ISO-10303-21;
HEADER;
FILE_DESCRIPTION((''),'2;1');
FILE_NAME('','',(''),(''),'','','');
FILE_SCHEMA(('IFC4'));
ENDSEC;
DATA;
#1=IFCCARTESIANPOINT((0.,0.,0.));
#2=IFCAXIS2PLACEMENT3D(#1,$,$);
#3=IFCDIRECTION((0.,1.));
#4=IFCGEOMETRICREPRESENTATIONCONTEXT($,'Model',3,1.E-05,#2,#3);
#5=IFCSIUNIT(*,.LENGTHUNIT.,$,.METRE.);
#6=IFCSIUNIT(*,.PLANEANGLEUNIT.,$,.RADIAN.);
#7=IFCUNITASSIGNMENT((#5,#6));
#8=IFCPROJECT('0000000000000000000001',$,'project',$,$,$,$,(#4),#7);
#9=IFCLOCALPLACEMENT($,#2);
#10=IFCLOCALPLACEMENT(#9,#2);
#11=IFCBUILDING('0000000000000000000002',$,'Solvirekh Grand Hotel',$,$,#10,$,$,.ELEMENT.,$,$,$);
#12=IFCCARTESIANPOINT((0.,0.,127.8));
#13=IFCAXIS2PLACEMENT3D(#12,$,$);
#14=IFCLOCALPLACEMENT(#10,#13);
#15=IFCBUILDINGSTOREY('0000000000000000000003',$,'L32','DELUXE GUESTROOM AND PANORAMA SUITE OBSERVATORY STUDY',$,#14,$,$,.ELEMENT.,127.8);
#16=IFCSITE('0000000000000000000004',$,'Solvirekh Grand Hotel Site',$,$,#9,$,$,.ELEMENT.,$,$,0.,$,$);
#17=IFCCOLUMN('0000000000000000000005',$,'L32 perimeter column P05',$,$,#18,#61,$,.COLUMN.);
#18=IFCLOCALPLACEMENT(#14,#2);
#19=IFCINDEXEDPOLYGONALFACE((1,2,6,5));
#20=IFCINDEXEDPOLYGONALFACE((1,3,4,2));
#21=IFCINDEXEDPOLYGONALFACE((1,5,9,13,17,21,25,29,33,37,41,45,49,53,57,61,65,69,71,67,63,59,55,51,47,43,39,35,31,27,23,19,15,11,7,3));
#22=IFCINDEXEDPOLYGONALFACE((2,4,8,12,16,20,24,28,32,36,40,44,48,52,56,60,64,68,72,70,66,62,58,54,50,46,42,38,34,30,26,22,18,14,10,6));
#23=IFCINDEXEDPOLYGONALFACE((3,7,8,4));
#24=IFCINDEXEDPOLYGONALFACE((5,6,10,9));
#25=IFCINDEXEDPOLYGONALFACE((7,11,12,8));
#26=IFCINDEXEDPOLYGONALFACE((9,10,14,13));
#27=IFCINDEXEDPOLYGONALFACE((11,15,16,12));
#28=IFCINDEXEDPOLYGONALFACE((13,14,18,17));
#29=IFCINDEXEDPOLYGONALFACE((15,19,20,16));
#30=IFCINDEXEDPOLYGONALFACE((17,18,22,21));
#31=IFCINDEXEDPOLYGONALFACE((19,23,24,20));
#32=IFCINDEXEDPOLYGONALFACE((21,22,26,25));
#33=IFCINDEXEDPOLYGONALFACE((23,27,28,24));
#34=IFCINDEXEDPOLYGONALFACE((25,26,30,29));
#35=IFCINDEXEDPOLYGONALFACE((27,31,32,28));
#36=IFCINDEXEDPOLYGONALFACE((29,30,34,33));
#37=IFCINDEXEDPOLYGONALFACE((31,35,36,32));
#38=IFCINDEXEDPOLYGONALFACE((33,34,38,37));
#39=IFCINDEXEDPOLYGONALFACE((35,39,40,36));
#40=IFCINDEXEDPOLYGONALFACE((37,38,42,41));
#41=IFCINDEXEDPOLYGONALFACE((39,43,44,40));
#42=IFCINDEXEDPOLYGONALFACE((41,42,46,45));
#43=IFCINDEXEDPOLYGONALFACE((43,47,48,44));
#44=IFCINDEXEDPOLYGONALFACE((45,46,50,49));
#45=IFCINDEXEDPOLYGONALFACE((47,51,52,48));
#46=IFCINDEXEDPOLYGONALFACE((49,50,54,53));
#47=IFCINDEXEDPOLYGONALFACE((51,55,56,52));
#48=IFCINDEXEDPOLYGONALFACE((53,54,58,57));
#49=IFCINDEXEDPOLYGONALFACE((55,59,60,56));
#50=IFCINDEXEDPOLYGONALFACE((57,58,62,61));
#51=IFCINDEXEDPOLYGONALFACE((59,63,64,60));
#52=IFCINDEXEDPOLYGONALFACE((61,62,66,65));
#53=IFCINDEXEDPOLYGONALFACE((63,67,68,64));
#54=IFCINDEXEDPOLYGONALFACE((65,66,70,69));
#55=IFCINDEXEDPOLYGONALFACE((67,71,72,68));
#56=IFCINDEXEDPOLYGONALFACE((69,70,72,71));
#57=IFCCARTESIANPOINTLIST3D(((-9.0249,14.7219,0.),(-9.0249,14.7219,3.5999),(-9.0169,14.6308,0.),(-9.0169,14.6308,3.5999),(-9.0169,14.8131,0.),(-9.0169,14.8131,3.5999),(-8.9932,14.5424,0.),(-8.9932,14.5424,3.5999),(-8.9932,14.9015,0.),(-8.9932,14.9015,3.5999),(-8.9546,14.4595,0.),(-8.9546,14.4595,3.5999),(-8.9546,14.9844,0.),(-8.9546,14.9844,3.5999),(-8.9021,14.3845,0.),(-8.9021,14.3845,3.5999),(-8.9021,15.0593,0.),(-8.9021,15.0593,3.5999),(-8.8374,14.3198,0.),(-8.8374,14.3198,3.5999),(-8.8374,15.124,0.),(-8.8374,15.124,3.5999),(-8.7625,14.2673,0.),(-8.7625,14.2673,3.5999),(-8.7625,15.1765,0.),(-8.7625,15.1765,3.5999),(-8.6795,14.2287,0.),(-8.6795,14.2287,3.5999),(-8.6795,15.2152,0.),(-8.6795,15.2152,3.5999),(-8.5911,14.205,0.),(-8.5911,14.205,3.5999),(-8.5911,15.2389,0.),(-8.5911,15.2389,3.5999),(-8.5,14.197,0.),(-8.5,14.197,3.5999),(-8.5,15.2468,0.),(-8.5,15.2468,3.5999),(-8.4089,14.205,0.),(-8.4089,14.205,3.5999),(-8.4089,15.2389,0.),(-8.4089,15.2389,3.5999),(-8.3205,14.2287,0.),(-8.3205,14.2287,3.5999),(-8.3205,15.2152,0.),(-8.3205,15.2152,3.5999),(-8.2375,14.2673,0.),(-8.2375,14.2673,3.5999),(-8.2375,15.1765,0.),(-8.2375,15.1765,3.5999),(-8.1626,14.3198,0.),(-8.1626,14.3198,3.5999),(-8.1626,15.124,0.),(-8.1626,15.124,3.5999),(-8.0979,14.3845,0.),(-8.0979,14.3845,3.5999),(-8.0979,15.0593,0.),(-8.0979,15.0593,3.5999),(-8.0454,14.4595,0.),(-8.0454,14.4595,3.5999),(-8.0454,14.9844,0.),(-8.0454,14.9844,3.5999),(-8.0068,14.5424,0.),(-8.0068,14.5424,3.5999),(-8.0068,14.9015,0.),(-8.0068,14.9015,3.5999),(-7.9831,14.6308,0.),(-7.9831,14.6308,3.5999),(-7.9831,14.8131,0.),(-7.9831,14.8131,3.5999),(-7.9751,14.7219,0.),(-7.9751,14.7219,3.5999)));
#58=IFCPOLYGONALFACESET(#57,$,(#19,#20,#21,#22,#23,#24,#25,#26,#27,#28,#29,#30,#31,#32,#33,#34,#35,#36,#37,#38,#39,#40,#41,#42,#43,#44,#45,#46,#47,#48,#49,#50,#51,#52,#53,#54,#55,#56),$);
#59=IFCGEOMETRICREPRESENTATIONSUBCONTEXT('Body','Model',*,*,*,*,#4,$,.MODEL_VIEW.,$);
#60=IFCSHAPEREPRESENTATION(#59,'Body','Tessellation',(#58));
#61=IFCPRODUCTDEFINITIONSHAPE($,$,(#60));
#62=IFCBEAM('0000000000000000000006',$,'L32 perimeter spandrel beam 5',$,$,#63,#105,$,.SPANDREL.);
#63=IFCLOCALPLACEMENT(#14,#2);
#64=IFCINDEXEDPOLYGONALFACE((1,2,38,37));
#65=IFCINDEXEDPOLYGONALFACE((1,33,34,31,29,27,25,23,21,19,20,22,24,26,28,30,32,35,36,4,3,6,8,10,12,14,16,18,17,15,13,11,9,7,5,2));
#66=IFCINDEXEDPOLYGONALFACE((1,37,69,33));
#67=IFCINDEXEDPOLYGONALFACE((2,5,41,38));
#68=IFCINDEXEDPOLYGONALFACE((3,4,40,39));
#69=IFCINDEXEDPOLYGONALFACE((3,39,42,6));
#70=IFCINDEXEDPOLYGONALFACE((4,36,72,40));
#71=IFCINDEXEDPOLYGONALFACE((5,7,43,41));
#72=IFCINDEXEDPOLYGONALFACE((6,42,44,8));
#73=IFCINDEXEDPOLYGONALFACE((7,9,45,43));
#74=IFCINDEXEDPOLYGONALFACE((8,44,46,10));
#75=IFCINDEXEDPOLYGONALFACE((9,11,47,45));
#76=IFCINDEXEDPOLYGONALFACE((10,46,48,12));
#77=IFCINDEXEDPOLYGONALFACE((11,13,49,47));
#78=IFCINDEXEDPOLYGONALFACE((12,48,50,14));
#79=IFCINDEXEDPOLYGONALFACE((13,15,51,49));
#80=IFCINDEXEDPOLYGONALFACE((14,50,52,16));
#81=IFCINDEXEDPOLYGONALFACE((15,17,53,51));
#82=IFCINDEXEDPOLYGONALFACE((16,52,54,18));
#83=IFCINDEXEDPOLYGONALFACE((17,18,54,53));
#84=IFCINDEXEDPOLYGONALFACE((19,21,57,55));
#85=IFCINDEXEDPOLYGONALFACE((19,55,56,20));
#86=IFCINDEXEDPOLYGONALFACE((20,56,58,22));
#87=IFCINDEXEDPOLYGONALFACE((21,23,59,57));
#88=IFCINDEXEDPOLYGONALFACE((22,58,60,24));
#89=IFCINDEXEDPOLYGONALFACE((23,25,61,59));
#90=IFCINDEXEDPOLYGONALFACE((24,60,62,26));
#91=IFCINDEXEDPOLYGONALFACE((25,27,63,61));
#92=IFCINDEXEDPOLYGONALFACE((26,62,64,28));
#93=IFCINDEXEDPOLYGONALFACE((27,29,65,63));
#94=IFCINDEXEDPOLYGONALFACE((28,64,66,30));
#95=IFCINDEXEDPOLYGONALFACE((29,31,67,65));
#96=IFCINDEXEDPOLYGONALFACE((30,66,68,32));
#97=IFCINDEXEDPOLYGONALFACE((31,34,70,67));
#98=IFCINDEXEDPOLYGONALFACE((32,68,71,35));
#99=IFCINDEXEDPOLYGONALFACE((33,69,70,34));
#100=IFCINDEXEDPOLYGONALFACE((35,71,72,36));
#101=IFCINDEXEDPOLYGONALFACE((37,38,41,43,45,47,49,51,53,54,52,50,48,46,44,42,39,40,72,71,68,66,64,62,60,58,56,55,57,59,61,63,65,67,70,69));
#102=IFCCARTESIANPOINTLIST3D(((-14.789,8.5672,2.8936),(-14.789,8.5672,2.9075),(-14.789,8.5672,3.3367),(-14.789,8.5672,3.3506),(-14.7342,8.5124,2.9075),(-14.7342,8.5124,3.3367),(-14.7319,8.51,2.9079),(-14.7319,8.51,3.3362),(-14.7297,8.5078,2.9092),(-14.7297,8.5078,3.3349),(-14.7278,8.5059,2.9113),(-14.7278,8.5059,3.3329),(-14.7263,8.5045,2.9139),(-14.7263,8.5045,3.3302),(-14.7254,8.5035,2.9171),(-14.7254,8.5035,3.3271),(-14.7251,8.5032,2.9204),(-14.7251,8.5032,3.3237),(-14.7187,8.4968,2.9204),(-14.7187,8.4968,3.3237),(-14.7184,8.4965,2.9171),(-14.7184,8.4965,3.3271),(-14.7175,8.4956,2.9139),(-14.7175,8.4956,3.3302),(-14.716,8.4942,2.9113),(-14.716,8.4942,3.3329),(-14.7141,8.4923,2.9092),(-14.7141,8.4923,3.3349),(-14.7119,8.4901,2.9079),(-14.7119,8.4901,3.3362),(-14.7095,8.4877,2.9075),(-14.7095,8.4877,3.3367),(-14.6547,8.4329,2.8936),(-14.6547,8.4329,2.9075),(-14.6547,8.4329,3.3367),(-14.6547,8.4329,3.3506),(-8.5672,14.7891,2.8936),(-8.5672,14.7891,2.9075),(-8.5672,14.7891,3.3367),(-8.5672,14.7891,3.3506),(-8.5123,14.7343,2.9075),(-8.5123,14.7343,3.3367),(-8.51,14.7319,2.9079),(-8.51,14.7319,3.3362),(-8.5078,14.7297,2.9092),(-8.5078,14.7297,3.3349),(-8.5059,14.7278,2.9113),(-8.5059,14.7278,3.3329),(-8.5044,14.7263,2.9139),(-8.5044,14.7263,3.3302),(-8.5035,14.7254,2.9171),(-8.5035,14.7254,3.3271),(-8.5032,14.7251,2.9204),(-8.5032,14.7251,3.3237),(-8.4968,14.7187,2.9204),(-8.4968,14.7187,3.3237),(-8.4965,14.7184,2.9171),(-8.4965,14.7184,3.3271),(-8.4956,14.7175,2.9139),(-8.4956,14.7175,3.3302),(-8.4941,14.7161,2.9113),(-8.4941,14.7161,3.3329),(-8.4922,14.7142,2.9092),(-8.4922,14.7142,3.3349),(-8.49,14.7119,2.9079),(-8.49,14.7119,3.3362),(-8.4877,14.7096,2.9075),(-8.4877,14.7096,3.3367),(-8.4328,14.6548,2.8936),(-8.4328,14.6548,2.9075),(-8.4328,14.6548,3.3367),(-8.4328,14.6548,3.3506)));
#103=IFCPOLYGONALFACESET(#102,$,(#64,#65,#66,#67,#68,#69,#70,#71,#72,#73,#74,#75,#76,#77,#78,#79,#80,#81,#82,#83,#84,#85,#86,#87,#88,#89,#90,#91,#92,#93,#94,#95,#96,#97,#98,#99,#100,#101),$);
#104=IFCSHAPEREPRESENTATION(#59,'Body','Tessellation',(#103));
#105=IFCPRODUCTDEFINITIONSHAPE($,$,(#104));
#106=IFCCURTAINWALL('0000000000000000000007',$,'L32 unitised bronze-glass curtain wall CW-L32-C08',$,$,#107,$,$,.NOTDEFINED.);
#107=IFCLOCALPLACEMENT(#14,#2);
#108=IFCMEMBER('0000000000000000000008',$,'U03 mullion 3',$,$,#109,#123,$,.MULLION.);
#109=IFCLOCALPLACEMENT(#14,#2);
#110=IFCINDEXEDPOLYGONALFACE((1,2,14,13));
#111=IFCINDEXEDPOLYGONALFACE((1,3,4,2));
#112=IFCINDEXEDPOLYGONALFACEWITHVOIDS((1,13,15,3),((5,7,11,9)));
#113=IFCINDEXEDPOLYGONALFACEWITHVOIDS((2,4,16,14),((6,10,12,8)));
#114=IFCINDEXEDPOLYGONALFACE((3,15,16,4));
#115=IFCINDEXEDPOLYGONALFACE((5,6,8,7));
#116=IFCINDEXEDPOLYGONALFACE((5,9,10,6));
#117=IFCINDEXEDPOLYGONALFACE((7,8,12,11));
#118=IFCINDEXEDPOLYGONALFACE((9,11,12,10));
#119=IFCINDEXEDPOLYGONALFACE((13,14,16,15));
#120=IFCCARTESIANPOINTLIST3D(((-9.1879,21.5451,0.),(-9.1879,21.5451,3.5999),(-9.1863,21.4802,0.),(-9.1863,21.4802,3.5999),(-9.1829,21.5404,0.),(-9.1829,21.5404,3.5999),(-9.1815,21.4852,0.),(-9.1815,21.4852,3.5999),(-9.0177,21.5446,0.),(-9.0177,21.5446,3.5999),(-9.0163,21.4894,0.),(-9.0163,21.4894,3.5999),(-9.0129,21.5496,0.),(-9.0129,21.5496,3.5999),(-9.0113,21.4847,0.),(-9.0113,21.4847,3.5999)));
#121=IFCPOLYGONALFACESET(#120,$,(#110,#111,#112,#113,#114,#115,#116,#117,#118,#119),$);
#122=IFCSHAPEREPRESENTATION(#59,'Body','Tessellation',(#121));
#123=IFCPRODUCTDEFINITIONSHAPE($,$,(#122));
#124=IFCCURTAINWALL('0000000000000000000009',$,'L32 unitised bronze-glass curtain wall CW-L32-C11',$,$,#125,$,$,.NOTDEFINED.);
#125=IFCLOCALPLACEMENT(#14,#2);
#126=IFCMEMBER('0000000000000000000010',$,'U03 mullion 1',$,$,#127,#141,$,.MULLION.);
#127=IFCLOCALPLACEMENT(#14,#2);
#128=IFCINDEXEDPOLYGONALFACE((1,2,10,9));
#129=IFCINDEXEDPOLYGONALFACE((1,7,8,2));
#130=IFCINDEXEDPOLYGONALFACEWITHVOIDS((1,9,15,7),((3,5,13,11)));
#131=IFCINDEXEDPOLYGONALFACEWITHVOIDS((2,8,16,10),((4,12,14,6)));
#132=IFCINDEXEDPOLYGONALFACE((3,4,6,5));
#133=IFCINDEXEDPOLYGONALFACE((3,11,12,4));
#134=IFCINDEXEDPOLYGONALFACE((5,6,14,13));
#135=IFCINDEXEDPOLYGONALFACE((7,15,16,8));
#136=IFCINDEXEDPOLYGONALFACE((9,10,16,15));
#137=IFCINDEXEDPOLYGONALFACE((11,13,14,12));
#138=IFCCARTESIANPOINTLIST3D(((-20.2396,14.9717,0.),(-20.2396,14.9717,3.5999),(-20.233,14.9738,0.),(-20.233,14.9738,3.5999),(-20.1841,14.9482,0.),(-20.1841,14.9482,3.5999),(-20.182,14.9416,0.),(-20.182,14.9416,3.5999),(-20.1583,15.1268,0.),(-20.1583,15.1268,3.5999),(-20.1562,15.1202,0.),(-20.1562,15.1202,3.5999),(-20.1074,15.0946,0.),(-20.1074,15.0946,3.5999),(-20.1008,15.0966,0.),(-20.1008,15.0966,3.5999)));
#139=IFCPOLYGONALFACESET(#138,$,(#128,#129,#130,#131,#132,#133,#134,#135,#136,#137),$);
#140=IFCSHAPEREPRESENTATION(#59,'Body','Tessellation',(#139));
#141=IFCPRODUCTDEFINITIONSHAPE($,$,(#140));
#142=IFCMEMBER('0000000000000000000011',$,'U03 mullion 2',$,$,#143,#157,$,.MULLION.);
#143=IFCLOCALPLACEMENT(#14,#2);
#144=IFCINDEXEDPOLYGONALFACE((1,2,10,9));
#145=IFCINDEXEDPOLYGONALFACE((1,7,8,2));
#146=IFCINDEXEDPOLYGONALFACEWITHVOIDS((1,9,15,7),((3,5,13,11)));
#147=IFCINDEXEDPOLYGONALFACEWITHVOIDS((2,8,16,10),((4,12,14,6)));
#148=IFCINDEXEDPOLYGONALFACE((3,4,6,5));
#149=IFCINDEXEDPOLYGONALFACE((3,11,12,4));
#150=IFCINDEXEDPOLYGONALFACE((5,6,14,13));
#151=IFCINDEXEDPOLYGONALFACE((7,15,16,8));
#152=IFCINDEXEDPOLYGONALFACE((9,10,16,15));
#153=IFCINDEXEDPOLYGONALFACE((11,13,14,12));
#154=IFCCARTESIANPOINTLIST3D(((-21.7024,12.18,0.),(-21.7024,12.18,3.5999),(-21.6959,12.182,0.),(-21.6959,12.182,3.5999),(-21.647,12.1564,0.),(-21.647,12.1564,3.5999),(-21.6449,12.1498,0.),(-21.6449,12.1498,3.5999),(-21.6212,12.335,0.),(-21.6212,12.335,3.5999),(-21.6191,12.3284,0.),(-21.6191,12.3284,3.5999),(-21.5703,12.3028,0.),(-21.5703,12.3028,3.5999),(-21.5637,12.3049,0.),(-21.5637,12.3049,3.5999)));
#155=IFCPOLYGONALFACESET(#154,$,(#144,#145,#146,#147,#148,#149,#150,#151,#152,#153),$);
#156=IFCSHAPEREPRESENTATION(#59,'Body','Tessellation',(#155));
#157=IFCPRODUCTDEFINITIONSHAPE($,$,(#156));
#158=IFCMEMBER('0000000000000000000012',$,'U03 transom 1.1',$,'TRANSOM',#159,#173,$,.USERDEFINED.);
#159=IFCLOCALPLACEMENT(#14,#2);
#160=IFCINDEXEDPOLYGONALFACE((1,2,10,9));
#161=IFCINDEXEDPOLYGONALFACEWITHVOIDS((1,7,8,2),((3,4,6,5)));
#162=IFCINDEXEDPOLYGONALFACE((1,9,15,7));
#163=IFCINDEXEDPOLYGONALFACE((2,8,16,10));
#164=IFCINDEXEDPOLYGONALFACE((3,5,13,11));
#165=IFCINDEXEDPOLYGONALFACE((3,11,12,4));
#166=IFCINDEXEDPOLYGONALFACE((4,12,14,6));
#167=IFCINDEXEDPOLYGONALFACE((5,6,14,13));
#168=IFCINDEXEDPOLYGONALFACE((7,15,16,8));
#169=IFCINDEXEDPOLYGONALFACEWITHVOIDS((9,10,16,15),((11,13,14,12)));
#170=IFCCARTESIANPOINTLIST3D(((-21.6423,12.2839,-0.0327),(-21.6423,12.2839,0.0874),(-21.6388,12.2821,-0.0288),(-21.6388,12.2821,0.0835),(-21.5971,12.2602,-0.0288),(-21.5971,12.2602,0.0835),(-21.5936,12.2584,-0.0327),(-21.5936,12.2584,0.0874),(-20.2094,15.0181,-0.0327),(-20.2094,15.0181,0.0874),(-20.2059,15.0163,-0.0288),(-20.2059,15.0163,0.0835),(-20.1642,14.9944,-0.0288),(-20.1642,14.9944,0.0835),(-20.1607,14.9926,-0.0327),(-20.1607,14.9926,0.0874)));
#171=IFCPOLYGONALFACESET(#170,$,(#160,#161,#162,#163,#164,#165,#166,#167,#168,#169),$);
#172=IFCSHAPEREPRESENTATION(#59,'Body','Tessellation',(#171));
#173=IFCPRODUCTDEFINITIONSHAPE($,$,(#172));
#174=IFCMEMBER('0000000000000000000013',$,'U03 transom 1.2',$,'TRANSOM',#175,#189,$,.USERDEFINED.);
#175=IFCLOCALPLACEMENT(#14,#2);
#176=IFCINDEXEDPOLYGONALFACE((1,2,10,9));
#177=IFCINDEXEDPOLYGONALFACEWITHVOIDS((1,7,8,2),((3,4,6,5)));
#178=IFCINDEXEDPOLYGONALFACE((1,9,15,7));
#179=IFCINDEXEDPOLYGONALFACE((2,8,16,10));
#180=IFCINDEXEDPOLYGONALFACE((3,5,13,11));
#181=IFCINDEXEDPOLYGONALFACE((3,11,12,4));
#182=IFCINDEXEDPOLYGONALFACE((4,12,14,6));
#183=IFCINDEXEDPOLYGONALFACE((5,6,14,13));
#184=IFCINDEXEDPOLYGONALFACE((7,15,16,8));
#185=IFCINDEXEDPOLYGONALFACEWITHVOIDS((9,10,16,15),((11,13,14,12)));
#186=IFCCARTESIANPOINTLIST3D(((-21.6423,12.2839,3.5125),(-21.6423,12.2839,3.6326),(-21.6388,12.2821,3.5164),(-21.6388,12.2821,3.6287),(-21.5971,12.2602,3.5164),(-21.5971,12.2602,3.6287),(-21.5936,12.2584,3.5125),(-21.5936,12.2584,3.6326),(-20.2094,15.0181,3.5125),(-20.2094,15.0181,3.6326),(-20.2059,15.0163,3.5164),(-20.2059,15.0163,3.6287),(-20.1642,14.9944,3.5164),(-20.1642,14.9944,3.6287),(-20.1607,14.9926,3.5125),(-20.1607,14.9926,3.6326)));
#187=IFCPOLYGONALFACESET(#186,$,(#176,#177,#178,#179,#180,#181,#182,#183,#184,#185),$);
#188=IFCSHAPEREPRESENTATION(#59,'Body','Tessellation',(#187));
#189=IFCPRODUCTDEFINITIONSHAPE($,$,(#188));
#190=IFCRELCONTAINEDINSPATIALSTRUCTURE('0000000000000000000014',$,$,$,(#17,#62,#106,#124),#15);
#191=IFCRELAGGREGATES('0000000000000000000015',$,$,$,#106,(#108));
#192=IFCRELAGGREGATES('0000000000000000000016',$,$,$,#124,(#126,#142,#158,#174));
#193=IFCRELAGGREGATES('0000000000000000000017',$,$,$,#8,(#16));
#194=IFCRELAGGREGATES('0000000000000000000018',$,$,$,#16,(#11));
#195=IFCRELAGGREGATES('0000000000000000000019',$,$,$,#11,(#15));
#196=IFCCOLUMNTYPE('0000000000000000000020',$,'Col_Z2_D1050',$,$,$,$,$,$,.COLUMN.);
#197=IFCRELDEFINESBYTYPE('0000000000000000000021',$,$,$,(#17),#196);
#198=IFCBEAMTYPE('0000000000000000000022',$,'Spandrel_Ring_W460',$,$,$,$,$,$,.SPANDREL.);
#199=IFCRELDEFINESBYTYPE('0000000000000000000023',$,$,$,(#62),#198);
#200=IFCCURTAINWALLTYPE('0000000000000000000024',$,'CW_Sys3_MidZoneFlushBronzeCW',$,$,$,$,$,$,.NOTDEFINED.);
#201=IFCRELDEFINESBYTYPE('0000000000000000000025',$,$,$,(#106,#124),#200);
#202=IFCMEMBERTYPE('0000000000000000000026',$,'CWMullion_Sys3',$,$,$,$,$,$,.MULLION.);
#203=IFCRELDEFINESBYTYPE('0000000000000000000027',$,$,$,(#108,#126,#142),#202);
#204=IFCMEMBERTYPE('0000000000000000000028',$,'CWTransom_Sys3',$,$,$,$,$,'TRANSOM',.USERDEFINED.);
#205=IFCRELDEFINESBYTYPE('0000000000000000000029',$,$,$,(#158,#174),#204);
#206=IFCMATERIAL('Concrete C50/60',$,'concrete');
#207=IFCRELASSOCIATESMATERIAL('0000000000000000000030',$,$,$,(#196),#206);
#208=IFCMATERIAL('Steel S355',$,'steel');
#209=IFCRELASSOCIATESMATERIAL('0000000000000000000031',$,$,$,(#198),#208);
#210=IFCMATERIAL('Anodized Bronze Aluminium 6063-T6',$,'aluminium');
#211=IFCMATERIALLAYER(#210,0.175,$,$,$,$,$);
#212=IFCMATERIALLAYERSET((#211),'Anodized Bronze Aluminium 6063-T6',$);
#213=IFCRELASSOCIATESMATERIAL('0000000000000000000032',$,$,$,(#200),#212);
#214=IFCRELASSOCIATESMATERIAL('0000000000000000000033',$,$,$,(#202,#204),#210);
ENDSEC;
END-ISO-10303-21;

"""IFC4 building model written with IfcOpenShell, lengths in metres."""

from ifc_helpers import new_model, si_unit, direction, frame, origin, origin_2d, place, context, subcontext, project, spatial, hollow_rectangle, circle, i_section, extrude, source, transform, mapped, material, layer, layer_set, material_profile, profile_set, type_object, element, aggregate, save


model = new_model("IFC4")

# Units and contexts
model_context = context("Model", 3, precision=1e-05, world=origin(), true_north=direction((0.0, 1.0)))
body_context = subcontext(model_context, "Body", "Model", "MODEL_VIEW")
ifc_project = project(units=[si_unit("LENGTHUNIT", "METRE"), si_unit("PLANEANGLEUNIT", "RADIAN")], contexts=[model_context])

# Site, building, storey
site_placement = place(None, origin())
site = spatial("IfcSite", under=ifc_project, at=site_placement, Name="Solvirekh Grand Hotel Site", CompositionType="ELEMENT", RefElevation=0.0)
building_placement = place(site_placement, origin())
building = spatial("IfcBuilding", under=site, at=building_placement, Name="Solvirekh Grand Hotel", CompositionType="ELEMENT")
storey_placement = place(building_placement, frame((0.0, 0.0, 127.8)))
storey = spatial("IfcBuildingStorey", under=building, at=storey_placement, Name="L32", Description="DELUXE GUESTROOM AND PANORAMA SUITE OBSERVATORY STUDY", CompositionType="ELEMENT", Elevation=127.8)

# Column
ifc_material_1 = material(Name="Concrete C50/60", Category="concrete")
ifc_material_profile_1 = material_profile(ifc_material_1, circle(Radius=0.5249, at=origin_2d()), Name="RC CIRC D1050")
ifc_profile_set_1 = profile_set([ifc_material_profile_1], Name="Concrete C50/60")
column_type = type_object("IfcColumnType", Name="Col_Z2_D1050", PredefinedType="COLUMN", material=ifc_profile_set_1)
column_placement = place(storey_placement, frame((-8.5, 14.7219, 0.0), z_axis=(0.0, 0.0, 1.0), x_axis=(1.0, 0.0, 0.0)))
element("IfcColumn", 1, at=column_placement, inside=storey, type_object=column_type, Name="L32 perimeter column P05", PredefinedType="COLUMN", context=body_context, shape_type="SweptSolid", body=[
    extrude(circle(Radius=0.5249, at=origin_2d()), origin(), (0.0, 0.0, 1.0), 3.5999),
])

# Beam
ifc_material_2 = material(Name="Steel S355", Category="steel")
ifc_material_profile_2 = material_profile(ifc_material_2, i_section(OverallWidth=0.1899, OverallDepth=0.457, WebThickness=0.009, FlangeThickness=0.0139, FilletRadius=0.0129, at=origin_2d()), Name="W460X74")
ifc_profile_set_2 = profile_set([ifc_material_profile_2], Name="Steel S355")
beam_type = type_object("IfcBeamType", Name="Spandrel_Ring_W460", PredefinedType="SPANDREL", material=ifc_profile_set_2)
beam_placement = place(storey_placement, frame((-8.5, 14.7219, 3.1221), z_axis=(-0.707107, -0.707107, 0.0), x_axis=(0.707107, -0.707107, 0.0)))
element("IfcBeam", 2, at=beam_placement, inside=storey, type_object=beam_type, Name="L32 perimeter spandrel beam 5", PredefinedType="SPANDREL", context=body_context, shape_type="SweptSolid", body=[
    extrude(i_section(OverallWidth=0.1899, OverallDepth=0.457, WebThickness=0.009, FlangeThickness=0.0139, FilletRadius=0.0129, at=origin_2d()), origin(), (0.0, 0.0, 1.0), 8.7991),
])

# Curtain wall, member
ifc_material_3 = material(Name="Anodized Bronze Aluminium 6063-T6", Category="aluminium")
ifc_layer_1 = layer(ifc_material_3, 0.175)
ifc_layer_set_1 = layer_set([ifc_layer_1], Name="Anodized Bronze Aluminium 6063-T6")
curtain_wall_type = type_object("IfcCurtainWallType", Name="CW_Sys3_MidZoneFlushBronzeCW", PredefinedType="NOTDEFINED", material=ifc_layer_set_1)
curtain_wall_1_placement = place(storey_placement, origin())
curtain_wall_1 = element("IfcCurtainWall", 3, at=curtain_wall_1_placement, inside=storey, type_object=curtain_wall_type, Name="L32 unitised bronze-glass curtain wall CW-L32-C08", PredefinedType="NOTDEFINED")
ifc_material_profile_3 = material_profile(ifc_material_3, hollow_rectangle(XDim=0.0649, YDim=0.175, WallThickness=0.0049, at=origin_2d()), Name="ALU RHS 175X65X5")
ifc_profile_set_3 = profile_set([ifc_material_profile_3], Name="Anodized Bronze Aluminium 6063-T6")
member_type_1 = type_object("IfcMemberType", Name="CWMullion_Sys3", PredefinedType="MULLION", material=ifc_profile_set_3)
shared_shape_1 = source(origin(), body_context, "Body", "SweptSolid", [
    extrude(hollow_rectangle(XDim=0.0649, YDim=0.175, WallThickness=0.0049, at=origin_2d()), origin(), (0.0, 0.0, 1.0), 3.5999),
])
member_1_placement = place(storey_placement, frame((-9.0996, 21.5149, 0.0), z_axis=(0.0, 0.0, 1.0), x_axis=(0.025611, -0.999672, 0.0)))
member_1 = element("IfcMember", 4, at=member_1_placement, type_object=member_type_1, Name="U03 mullion 3", PredefinedType="MULLION", context=body_context, shape_type="MappedRepresentation", body=[
    mapped(shared_shape_1, transform((0.0, 0.0, 0.0), x_axis=(1.0, 0.0, 0.0), y_axis=(0.0, 1.0, 0.0), z_axis=(0.0, 0.0, 1.0), scale=1.0)),
])

# Curtain wall, members
curtain_wall_2_placement = place(storey_placement, origin())
curtain_wall_2 = element("IfcCurtainWall", 5, at=curtain_wall_2_placement, inside=storey, type_object=curtain_wall_type, Name="L32 unitised bronze-glass curtain wall CW-L32-C11", PredefinedType="NOTDEFINED")
member_2_placement = place(storey_placement, frame((-20.1702, 15.0342, 0.0), z_axis=(0.0, 0.0, 1.0), x_axis=(0.885755, -0.464154, 0.0)))
member_2 = element("IfcMember", 6, at=member_2_placement, type_object=member_type_1, Name="U03 mullion 1", PredefinedType="MULLION", context=body_context, shape_type="MappedRepresentation", body=[
    mapped(shared_shape_1, transform((0.0, 0.0, 0.0), x_axis=(1.0, 0.0, 0.0), y_axis=(0.0, 1.0, 0.0), z_axis=(0.0, 0.0, 1.0), scale=1.0)),
])
member_3_placement = place(storey_placement, frame((-21.6331, 12.2424, 0.0), z_axis=(0.0, 0.0, 1.0), x_axis=(0.885755, -0.464154, 0.0)))
member_3 = element("IfcMember", 7, at=member_3_placement, type_object=member_type_1, Name="U03 mullion 2", PredefinedType="MULLION", context=body_context, shape_type="MappedRepresentation", body=[
    mapped(shared_shape_1, transform((0.0, 0.0, 0.0), x_axis=(1.0, 0.0, 0.0), y_axis=(0.0, 1.0, 0.0), z_axis=(0.0, 0.0, 1.0), scale=1.0)),
])
ifc_material_profile_4 = material_profile(ifc_material_3, hollow_rectangle(XDim=0.0549, YDim=0.1201, WallThickness=0.0039, at=origin_2d()), Name="ALU RHS 120X55X4")
ifc_profile_set_4 = profile_set([ifc_material_profile_4], Name="Anodized Bronze Aluminium 6063-T6")
member_type_2 = type_object("IfcMemberType", Name="CWTransom_Sys3", ElementType="TRANSOM", PredefinedType="USERDEFINED", material=ifc_profile_set_4)
shared_shape_2 = source(origin(), body_context, "Body", "SweptSolid", [
    extrude(hollow_rectangle(XDim=0.0549, YDim=0.1201, WallThickness=0.0039, at=origin_2d()), origin(), (0.0, 0.0, 1.0), 3.0869),
])
member_4_placement = place(storey_placement, frame((-20.1851, 15.0054, 0.0273), z_axis=(-0.464184, -0.885739, 0.0), x_axis=(0.885739, -0.464184, 0.0)))
member_4 = element("IfcMember", 8, at=member_4_placement, type_object=member_type_2, Name="U03 transom 1.1", ObjectType="TRANSOM", PredefinedType="USERDEFINED", context=body_context, shape_type="MappedRepresentation", body=[
    mapped(shared_shape_2, transform((0.0, 0.0, 0.0), x_axis=(1.0, 0.0, 0.0), y_axis=(0.0, 1.0, 0.0), z_axis=(0.0, 0.0, 1.0), scale=1.0)),
])
member_5_placement = place(storey_placement, frame((-20.1851, 15.0054, 3.5725), z_axis=(-0.464184, -0.885739, 0.0), x_axis=(0.885739, -0.464184, 0.0)))
member_5 = element("IfcMember", 9, at=member_5_placement, type_object=member_type_2, Name="U03 transom 1.2", ObjectType="TRANSOM", PredefinedType="USERDEFINED", context=body_context, shape_type="MappedRepresentation", body=[
    mapped(shared_shape_2, transform((0.0, 0.0, 0.0), x_axis=(1.0, 0.0, 0.0), y_axis=(0.0, 1.0, 0.0), z_axis=(0.0, 0.0, 1.0), scale=1.0)),
])

aggregate(curtain_wall_1, [member_1])
aggregate(curtain_wall_2, [member_2, member_3, member_4, member_5])

save(model, "model.ifc")
